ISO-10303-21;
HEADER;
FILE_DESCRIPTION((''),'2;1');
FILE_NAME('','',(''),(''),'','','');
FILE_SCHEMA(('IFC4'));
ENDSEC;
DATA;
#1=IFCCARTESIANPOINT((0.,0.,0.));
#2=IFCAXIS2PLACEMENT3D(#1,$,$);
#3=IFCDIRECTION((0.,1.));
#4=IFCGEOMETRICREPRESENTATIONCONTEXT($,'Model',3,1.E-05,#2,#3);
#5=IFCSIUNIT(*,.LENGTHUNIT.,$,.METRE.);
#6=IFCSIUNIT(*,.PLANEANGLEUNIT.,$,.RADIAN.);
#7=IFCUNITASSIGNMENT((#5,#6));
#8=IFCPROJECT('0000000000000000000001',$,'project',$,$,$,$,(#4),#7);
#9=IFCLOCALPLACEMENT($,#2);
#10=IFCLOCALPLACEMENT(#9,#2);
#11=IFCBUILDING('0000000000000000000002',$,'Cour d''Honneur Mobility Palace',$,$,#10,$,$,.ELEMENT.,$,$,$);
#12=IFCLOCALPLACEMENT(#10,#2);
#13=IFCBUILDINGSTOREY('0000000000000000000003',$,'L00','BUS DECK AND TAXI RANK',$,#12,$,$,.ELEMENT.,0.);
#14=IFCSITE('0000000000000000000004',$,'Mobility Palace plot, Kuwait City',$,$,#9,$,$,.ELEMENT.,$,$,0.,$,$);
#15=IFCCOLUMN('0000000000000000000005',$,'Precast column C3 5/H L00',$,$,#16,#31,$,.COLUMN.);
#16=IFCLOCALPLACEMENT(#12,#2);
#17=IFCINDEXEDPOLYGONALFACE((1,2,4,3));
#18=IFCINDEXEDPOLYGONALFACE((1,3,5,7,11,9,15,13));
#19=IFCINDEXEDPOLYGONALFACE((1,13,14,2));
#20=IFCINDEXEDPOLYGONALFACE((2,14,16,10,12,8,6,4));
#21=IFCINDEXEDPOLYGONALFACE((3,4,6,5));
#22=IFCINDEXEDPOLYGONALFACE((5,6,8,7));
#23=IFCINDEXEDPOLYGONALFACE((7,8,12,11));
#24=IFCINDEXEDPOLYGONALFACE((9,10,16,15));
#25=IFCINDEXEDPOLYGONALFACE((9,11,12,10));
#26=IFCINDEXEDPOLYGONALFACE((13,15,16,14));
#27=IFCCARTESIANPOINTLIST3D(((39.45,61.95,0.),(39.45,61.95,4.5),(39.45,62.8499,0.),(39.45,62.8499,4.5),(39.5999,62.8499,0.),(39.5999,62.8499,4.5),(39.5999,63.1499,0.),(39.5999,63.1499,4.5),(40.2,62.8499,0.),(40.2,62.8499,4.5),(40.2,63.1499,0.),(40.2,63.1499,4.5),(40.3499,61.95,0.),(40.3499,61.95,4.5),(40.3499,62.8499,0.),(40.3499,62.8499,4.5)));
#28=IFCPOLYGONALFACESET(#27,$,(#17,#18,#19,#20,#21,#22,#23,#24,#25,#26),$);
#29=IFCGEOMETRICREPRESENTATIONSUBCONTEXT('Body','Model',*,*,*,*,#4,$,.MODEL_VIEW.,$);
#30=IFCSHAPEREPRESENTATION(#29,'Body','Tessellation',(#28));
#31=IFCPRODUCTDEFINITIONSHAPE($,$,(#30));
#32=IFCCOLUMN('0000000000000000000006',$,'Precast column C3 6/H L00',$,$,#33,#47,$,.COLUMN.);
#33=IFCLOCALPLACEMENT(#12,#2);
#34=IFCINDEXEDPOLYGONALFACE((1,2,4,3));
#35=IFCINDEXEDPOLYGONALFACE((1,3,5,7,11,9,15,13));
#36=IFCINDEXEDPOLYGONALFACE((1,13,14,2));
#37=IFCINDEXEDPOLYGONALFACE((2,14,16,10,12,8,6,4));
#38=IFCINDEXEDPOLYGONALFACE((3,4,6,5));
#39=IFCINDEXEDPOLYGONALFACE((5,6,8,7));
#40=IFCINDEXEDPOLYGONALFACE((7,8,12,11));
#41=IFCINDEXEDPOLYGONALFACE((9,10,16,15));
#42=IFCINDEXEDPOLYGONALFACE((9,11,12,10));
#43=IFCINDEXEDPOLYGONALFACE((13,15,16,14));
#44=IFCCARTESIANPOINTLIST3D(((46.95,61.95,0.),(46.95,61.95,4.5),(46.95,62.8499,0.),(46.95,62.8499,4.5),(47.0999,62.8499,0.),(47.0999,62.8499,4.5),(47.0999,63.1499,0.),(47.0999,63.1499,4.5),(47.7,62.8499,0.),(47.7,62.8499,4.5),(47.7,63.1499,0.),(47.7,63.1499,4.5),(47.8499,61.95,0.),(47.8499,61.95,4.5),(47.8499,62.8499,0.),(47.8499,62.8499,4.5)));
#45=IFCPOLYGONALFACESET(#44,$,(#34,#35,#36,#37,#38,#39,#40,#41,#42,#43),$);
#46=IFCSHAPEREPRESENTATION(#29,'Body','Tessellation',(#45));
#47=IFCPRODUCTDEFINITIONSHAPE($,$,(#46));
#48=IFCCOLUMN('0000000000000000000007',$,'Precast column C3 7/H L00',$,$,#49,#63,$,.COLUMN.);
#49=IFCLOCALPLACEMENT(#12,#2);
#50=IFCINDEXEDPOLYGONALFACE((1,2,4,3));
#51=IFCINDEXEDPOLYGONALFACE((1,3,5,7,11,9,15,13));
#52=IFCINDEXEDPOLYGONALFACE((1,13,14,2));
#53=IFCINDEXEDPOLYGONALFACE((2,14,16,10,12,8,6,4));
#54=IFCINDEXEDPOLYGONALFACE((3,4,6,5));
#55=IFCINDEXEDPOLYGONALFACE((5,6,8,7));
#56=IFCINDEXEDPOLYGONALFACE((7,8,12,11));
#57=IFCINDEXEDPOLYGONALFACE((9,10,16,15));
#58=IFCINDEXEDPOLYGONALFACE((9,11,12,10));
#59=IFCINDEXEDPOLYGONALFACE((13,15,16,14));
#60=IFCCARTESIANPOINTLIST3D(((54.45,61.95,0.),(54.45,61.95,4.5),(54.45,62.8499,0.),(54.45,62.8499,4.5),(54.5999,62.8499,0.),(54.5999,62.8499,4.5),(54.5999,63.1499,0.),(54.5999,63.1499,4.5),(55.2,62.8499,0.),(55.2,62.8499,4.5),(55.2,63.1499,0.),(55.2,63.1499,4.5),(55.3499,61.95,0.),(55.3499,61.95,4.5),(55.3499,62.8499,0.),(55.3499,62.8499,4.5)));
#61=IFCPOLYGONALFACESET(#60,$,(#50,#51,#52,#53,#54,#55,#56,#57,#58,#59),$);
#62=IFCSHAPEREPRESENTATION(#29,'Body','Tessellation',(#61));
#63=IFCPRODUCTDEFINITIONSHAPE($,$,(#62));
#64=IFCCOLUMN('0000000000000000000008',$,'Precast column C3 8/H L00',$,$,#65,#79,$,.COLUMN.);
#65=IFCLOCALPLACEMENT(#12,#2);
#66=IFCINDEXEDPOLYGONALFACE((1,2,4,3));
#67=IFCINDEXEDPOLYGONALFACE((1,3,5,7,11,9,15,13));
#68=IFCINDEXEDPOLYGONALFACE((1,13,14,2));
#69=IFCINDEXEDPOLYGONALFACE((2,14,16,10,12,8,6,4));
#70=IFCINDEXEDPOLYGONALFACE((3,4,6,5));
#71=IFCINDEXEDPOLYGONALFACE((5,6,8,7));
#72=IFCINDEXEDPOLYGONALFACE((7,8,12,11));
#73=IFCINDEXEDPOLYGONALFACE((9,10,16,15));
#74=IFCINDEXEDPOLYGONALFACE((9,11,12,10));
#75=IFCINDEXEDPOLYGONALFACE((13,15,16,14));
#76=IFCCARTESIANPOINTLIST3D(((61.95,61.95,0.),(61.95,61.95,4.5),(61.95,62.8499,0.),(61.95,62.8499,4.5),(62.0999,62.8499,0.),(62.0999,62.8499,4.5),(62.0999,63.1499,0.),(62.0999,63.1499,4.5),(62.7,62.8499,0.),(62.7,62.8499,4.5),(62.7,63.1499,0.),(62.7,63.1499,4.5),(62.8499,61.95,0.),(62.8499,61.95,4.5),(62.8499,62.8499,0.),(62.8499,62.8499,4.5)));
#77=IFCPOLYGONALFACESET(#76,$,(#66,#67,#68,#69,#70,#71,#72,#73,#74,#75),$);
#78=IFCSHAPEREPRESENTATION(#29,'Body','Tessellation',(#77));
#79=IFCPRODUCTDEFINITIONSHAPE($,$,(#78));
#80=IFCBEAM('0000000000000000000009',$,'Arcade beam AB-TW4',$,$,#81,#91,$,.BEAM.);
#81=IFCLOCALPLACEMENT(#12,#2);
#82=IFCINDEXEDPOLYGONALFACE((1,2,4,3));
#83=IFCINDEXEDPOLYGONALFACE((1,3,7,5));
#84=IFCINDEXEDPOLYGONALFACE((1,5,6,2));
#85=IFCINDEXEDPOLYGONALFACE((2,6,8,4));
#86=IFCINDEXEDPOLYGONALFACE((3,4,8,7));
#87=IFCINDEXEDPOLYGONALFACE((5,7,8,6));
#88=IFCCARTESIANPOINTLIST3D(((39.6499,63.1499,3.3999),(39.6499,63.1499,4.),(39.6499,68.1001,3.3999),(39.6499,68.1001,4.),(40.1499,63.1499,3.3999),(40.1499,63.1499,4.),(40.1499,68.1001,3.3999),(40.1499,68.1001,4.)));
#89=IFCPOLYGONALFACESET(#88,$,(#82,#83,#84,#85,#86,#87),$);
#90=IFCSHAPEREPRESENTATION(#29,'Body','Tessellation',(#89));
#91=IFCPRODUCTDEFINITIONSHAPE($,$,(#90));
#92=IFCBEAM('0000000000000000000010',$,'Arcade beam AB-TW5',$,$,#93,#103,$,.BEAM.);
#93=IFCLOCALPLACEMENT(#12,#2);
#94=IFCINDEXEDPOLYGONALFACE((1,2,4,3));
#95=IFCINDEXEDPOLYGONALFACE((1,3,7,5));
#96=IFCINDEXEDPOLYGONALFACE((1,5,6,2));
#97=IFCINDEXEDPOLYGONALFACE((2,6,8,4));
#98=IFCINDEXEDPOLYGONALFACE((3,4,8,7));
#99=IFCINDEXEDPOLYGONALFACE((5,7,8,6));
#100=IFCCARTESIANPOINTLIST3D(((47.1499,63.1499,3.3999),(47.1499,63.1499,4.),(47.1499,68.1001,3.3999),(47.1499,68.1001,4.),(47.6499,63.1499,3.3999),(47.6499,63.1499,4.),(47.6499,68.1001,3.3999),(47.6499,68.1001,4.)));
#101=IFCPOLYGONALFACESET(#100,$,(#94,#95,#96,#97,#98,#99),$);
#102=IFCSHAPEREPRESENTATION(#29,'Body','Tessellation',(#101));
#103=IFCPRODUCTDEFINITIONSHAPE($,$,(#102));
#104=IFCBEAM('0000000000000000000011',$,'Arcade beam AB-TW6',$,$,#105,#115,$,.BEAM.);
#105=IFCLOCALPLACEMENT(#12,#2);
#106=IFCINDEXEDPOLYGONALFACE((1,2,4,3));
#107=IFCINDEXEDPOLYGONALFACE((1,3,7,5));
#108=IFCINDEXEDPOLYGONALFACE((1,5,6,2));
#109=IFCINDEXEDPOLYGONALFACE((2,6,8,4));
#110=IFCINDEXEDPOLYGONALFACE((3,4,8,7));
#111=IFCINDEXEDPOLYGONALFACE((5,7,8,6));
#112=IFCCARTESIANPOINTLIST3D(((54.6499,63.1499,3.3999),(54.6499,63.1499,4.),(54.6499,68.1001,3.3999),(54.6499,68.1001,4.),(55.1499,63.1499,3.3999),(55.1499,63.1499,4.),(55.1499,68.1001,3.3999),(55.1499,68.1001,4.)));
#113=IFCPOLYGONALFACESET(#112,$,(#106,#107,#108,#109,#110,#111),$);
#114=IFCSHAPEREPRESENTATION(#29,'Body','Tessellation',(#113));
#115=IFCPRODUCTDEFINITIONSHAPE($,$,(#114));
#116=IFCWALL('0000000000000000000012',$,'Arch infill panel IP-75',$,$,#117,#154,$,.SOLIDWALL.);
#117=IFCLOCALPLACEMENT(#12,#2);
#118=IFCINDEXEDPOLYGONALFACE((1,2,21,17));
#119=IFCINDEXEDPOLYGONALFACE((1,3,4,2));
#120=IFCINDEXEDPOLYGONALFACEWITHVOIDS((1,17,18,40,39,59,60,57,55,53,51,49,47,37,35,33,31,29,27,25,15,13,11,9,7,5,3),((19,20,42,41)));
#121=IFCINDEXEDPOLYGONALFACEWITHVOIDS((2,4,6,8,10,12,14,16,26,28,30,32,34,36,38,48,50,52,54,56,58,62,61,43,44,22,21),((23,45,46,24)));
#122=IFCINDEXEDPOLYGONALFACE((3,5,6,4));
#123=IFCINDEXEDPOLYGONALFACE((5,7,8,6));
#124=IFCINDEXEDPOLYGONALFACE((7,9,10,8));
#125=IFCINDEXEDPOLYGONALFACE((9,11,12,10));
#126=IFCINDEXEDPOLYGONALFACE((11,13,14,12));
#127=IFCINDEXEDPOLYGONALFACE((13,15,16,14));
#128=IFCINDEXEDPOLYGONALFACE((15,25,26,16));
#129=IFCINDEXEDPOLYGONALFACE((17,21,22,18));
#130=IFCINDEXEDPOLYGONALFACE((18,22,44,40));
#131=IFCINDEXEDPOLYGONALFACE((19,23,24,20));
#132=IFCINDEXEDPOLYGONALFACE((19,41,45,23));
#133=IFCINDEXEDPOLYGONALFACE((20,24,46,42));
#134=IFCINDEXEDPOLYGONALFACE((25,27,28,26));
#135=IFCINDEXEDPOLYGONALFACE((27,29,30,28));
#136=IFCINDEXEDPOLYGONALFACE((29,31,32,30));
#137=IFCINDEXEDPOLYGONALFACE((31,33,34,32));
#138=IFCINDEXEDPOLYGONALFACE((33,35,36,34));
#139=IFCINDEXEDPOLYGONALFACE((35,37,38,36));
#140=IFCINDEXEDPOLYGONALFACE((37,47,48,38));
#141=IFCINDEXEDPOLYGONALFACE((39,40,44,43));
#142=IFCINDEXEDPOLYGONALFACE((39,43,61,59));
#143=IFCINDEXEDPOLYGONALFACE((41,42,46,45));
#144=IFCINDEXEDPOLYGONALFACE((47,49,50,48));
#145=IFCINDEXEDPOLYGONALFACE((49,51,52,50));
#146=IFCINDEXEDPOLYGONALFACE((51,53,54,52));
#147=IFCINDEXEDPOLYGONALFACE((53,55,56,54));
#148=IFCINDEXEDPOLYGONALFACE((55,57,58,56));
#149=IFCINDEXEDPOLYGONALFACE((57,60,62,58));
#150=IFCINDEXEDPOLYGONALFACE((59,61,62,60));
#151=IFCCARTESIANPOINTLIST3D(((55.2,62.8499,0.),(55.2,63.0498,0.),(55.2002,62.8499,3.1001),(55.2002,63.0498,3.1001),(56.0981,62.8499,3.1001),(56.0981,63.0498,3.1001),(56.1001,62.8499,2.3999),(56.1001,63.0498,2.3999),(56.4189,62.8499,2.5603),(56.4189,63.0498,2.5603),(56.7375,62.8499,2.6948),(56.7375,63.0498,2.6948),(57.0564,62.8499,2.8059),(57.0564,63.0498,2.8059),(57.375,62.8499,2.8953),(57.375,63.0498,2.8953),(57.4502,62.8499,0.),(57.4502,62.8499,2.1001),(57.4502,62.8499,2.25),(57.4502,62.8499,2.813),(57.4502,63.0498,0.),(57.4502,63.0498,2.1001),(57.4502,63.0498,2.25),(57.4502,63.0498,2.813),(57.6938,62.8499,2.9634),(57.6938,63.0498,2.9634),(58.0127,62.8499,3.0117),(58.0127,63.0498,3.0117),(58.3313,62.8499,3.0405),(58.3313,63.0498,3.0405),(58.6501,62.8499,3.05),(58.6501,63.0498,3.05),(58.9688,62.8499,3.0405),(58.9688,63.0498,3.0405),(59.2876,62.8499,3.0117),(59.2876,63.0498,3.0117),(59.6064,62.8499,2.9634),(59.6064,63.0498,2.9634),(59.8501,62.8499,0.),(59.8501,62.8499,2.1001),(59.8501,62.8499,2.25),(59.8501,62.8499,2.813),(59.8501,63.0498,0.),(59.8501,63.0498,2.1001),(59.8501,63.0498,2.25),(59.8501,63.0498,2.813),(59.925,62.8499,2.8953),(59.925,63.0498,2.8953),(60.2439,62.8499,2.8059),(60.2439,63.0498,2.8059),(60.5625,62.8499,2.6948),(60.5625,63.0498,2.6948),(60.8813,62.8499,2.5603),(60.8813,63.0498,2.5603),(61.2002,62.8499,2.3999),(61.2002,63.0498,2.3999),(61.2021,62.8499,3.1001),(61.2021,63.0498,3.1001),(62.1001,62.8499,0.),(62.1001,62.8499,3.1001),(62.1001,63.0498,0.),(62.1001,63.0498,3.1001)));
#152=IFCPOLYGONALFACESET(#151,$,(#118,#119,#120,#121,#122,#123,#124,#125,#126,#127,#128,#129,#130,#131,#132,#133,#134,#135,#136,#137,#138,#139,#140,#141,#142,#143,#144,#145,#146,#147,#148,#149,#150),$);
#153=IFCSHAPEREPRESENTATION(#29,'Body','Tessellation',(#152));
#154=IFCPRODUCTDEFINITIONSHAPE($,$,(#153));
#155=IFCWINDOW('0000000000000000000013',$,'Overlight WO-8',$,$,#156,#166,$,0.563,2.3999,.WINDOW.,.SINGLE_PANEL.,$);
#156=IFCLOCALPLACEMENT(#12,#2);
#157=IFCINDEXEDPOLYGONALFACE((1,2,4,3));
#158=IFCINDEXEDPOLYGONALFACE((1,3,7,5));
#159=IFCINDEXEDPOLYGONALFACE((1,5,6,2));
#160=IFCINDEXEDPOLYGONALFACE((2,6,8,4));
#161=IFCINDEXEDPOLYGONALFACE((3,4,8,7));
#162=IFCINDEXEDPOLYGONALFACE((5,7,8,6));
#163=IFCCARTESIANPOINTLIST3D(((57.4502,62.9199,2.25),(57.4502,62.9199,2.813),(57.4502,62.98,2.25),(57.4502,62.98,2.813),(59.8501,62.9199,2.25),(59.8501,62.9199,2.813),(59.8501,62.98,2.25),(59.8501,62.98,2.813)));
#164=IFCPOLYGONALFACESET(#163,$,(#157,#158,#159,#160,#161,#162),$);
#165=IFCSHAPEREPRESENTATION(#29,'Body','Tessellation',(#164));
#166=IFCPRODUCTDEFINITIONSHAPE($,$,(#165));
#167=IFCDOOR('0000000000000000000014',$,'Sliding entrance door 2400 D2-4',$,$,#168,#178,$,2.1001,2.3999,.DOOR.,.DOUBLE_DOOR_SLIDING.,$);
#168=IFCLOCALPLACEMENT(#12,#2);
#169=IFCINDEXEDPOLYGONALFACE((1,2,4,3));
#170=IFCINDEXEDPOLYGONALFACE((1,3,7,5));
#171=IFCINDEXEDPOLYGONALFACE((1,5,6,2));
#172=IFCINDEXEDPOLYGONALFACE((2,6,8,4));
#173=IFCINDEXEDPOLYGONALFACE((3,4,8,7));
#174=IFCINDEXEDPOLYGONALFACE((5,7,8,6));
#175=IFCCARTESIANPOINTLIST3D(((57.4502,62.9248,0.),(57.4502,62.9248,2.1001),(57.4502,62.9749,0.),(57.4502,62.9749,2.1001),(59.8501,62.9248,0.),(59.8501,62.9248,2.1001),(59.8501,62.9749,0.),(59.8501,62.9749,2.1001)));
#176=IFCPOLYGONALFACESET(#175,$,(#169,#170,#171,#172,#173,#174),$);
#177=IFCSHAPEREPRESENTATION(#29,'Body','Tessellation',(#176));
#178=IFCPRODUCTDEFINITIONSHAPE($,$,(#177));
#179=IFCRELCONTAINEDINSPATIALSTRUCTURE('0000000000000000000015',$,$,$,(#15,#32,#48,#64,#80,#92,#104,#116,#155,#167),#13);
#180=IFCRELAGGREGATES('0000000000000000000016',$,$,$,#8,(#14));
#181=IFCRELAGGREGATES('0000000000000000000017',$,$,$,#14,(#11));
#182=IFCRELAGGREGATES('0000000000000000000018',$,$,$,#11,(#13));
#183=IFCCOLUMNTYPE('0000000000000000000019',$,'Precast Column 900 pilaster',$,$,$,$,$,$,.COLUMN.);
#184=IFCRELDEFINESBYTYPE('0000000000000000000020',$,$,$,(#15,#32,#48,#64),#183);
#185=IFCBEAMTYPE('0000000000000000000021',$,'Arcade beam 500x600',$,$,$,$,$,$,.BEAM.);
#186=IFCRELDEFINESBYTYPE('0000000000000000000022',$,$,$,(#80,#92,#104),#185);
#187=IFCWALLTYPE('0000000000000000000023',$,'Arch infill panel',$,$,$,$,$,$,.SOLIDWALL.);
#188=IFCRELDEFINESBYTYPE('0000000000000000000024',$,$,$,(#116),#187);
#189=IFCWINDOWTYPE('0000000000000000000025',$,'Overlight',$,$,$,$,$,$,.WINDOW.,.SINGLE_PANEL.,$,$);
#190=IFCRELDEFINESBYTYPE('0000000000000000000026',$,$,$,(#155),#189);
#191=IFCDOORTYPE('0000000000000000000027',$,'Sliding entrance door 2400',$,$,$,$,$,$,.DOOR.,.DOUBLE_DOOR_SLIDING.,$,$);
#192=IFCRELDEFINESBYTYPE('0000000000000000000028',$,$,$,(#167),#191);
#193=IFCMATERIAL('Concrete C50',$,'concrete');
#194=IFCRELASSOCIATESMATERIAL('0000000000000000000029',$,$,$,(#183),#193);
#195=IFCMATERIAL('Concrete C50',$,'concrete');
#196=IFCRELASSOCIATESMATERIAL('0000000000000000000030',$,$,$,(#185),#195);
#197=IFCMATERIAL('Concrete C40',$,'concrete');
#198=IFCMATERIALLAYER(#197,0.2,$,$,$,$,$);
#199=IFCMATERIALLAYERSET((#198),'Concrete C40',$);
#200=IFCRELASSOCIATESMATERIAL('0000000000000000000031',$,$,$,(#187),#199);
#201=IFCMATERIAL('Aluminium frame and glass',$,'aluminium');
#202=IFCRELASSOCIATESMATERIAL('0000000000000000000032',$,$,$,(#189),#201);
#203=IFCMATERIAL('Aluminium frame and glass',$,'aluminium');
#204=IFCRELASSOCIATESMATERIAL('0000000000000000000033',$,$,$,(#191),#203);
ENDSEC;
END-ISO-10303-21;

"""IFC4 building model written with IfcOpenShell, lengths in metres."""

from ifc_helpers import new_model, si_unit, direction, frame, frame_2d, origin, origin_2d, place, context, subcontext, project, spatial, polyline, rectangle, outline, extrude, material, layer, layer_set, material_profile, profile_set, type_object, element, fill, save


model = new_model("IFC4")

# Units and contexts
model_context = context("Model", 3, precision=1e-05, world=origin(), true_north=direction((0.0, 1.0)))
body_context = subcontext(model_context, "Body", "Model", "MODEL_VIEW")
ifc_project = project(units=[si_unit("LENGTHUNIT", "METRE"), si_unit("PLANEANGLEUNIT", "RADIAN")], contexts=[model_context])

# Site, building, storey
site_placement = place(None, origin())
site = spatial("IfcSite", under=ifc_project, at=site_placement, Name="Mobility Palace plot, Kuwait City", CompositionType="ELEMENT", RefElevation=0.0)
building_placement = place(site_placement, origin())
building = spatial("IfcBuilding", under=site, at=building_placement, Name="Cour d'Honneur Mobility Palace", CompositionType="ELEMENT")
storey_placement = place(building_placement, origin())
storey = spatial("IfcBuildingStorey", under=building, at=storey_placement, Name="L00", Description="BUS DECK AND TAXI RANK", CompositionType="ELEMENT", Elevation=0.0)

# Columns
ifc_material_1 = material(Name="Concrete C50", Category="concrete")
ifc_material_profile_1 = material_profile(ifc_material_1, outline(polyline([(-0.45, -0.45), (0.45, -0.45), (0.45, -0.3), (0.75, -0.3), (0.75, 0.3), (0.45, 0.3), (0.45, 0.45), (-0.45, 0.45), (-0.45, -0.45)])), Name="PC C900 pilaster")
ifc_profile_set_1 = profile_set([ifc_material_profile_1], Name="Concrete C50")
column_type = type_object("IfcColumnType", Name="Precast Column 900 pilaster", PredefinedType="COLUMN", material=ifc_profile_set_1)
for number, where, z_axis, x_axis, name in (
    (1, (39.8999, 62.3999, 0.0), (0.0, 0.0, 1.0), (0.0, 1.0, 0.0), "Precast column C3 5/H L00"),
    (2, (47.3999, 62.3999, 0.0), (0.0, 0.0, 1.0), (0.0, 1.0, 0.0), "Precast column C3 6/H L00"),
    (3, (54.8999, 62.3999, 0.0), (0.0, 0.0, 1.0), (0.0, 1.0, 0.0), "Precast column C3 7/H L00"),
    (4, (62.3999, 62.3999, 0.0), (0.0, 0.0, 1.0), (0.0, 1.0, 0.0), "Precast column C3 8/H L00"),
):
    element("IfcColumn", number, at=place(storey_placement, frame(where, z_axis=z_axis, x_axis=x_axis)), inside=storey, type_object=column_type, Name=name, PredefinedType="COLUMN", context=body_context, shape_type="SweptSolid", body=[
        extrude(outline(polyline([(-0.45, -0.45), (0.45, -0.45), (0.45, -0.3), (0.75, -0.3), (0.75, 0.3), (0.45, 0.3), (0.45, 0.45), (-0.45, 0.45), (-0.45, -0.45)])), origin(), (0.0, 0.0, 1.0), 4.5),
    ])

# Beams
ifc_material_2 = material(Name="Concrete C50", Category="concrete")
ifc_material_profile_2 = material_profile(ifc_material_2, rectangle(XDim=0.5, YDim=0.6001, at=origin_2d()), Name="Arcade beam 500x600")
ifc_profile_set_2 = profile_set([ifc_material_profile_2], Name="Concrete C50")
beam_type = type_object("IfcBeamType", Name="Arcade beam 500x600", PredefinedType="BEAM", material=ifc_profile_set_2)
for number, where, z_axis, x_axis, name in (
    (5, (39.8999, 63.1499, 3.7), (0.0, 1.0, 0.0), (-1.0, 0.0, 0.0), "Arcade beam AB-TW4"),
    (6, (47.3999, 63.1499, 3.7), (0.0, 1.0, 0.0), (-1.0, 0.0, 0.0), "Arcade beam AB-TW5"),
    (7, (54.8999, 63.1499, 3.7), (0.0, 1.0, 0.0), (-1.0, 0.0, 0.0), "Arcade beam AB-TW6"),
):
    element("IfcBeam", number, at=place(storey_placement, frame(where, z_axis=z_axis, x_axis=x_axis)), inside=storey, type_object=beam_type, Name=name, PredefinedType="BEAM", context=body_context, shape_type="SweptSolid", body=[
        extrude(rectangle(XDim=0.5, YDim=0.6001, at=origin_2d()), origin(), (0.0, 0.0, 1.0), 4.9502),
    ])

# Wall, openings, window, door
ifc_material_3 = material(Name="Concrete C40", Category="concrete")
ifc_layer_1 = layer(ifc_material_3, 0.2)
ifc_layer_set_1 = layer_set([ifc_layer_1], Name="Concrete C40")
wall_type = type_object("IfcWallType", Name="Arch infill panel", PredefinedType="SOLIDWALL", material=ifc_layer_set_1)
wall_1_placement = place(storey_placement, frame((62.1001, 62.95, 0.0), z_axis=(0.0, 0.0, 1.0), x_axis=(-1.0, 0.0, 0.0)))
wall_1 = element("IfcWall", 8, at=wall_1_placement, inside=storey, type_object=wall_type, Name="Arch infill panel IP-75", PredefinedType="SOLIDWALL", context=body_context, shape_type="SweptSolid", body=[
    extrude(outline(polyline([(0.0, 0.0), (6.9001, 0.0), (6.8999, 3.1001), (6.002, 3.1001), (6.0, 2.3999), (5.6812, 2.5603), (5.3625, 2.6948), (5.0437, 2.8059), (4.7251, 2.8953), (4.4062, 2.9634), (4.0874, 3.0117), (3.7688, 3.0405), (3.45, 3.05), (3.1313, 3.0405), (2.8125, 3.0117), (2.4937, 2.9634), (2.175, 2.8953), (1.8562, 2.8059), (1.5376, 2.6948), (1.2188, 2.5603), (0.8999, 2.3999), (0.8979, 3.1001), (0.0, 3.1001), (0.0, 0.0)])), frame((0.0, 0.1001, 0.0), z_axis=(0.0, -1.0, 0.0), x_axis=(1.0, 0.0, 0.0)), (0.0, 0.0, 1.0), 0.2),
])
opening_1_placement = place(wall_1_placement, frame((2.25, 0.0, 0.0)))
opening_1 = element("IfcOpeningElement", 9, at=opening_1_placement, cuts=wall_1, PredefinedType="OPENING", context=body_context, shape_type="SweptSolid", body=[
    extrude(rectangle(XDim=2.3999, YDim=2.1001, at=frame_2d((1.2, 1.05))), frame((0.0, 0.1099, 0.0), z_axis=(0.0, -1.0, 0.0), x_axis=(1.0, 0.0, 0.0)), (0.0, 0.0, 1.0), 0.22),
])
opening_2_placement = place(wall_1_placement, frame((2.25, 0.0, 2.25)))
opening_2 = element("IfcOpeningElement", 10, at=opening_2_placement, cuts=wall_1, PredefinedType="OPENING", context=body_context, shape_type="SweptSolid", body=[
    extrude(rectangle(XDim=2.3999, YDim=0.563, at=frame_2d((1.2, 0.2815))), frame((0.0, 0.1099, 0.0), z_axis=(0.0, -1.0, 0.0), x_axis=(1.0, 0.0, 0.0)), (0.0, 0.0, 1.0), 0.22),
])
ifc_material_4 = material(Name="Aluminium frame and glass", Category="aluminium")
window_type = type_object("IfcWindowType", Name="Overlight", PartitioningType="SINGLE_PANEL", PredefinedType="WINDOW", material=ifc_material_4)
window_1_placement = place(opening_2_placement, origin())
window_1 = element("IfcWindow", 11, at=window_1_placement, inside=storey, type_object=window_type, Name="Overlight WO-8", OverallHeight=0.563, OverallWidth=2.3999, PartitioningType="SINGLE_PANEL", PredefinedType="WINDOW", context=body_context, shape_type="SweptSolid", body=[
    extrude(rectangle(XDim=2.3999, YDim=0.563, at=frame_2d((1.2, 0.2815))), frame((0.0, 0.03, 0.0), z_axis=(0.0, -1.0, 0.0), x_axis=(1.0, 0.0, 0.0)), (0.0, 0.0, 1.0), 0.0601),
])
fill(opening_2, window_1)
ifc_material_5 = material(Name="Aluminium frame and glass", Category="aluminium")
door_type_1 = type_object("IfcDoorType", Name="Sliding entrance door 2400", OperationType="DOUBLE_DOOR_SLIDING", PredefinedType="DOOR", material=ifc_material_5)
door_1_placement = place(opening_1_placement, frame((2.3999, 0.0, 0.0), z_axis=(0.0, 0.0, 1.0), x_axis=(-1.0, 0.0, 0.0)))
door_1 = element("IfcDoor", 12, at=door_1_placement, inside=storey, type_object=door_type_1, Name="Sliding entrance door 2400 D2-4", OperationType="DOUBLE_DOOR_SLIDING", OverallHeight=2.1001, OverallWidth=2.3999, PredefinedType="DOOR", context=body_context, shape_type="SweptSolid", body=[
    extrude(rectangle(XDim=2.3999, YDim=2.1001, at=frame_2d((1.2, 1.05))), frame((0.0, 0.0249, 0.0), z_axis=(0.0, -1.0, 0.0), x_axis=(1.0, 0.0, 0.0)), (0.0, 0.0, 1.0), 0.05),
])
fill(opening_1, door_1)

save(model, "model.ifc")
